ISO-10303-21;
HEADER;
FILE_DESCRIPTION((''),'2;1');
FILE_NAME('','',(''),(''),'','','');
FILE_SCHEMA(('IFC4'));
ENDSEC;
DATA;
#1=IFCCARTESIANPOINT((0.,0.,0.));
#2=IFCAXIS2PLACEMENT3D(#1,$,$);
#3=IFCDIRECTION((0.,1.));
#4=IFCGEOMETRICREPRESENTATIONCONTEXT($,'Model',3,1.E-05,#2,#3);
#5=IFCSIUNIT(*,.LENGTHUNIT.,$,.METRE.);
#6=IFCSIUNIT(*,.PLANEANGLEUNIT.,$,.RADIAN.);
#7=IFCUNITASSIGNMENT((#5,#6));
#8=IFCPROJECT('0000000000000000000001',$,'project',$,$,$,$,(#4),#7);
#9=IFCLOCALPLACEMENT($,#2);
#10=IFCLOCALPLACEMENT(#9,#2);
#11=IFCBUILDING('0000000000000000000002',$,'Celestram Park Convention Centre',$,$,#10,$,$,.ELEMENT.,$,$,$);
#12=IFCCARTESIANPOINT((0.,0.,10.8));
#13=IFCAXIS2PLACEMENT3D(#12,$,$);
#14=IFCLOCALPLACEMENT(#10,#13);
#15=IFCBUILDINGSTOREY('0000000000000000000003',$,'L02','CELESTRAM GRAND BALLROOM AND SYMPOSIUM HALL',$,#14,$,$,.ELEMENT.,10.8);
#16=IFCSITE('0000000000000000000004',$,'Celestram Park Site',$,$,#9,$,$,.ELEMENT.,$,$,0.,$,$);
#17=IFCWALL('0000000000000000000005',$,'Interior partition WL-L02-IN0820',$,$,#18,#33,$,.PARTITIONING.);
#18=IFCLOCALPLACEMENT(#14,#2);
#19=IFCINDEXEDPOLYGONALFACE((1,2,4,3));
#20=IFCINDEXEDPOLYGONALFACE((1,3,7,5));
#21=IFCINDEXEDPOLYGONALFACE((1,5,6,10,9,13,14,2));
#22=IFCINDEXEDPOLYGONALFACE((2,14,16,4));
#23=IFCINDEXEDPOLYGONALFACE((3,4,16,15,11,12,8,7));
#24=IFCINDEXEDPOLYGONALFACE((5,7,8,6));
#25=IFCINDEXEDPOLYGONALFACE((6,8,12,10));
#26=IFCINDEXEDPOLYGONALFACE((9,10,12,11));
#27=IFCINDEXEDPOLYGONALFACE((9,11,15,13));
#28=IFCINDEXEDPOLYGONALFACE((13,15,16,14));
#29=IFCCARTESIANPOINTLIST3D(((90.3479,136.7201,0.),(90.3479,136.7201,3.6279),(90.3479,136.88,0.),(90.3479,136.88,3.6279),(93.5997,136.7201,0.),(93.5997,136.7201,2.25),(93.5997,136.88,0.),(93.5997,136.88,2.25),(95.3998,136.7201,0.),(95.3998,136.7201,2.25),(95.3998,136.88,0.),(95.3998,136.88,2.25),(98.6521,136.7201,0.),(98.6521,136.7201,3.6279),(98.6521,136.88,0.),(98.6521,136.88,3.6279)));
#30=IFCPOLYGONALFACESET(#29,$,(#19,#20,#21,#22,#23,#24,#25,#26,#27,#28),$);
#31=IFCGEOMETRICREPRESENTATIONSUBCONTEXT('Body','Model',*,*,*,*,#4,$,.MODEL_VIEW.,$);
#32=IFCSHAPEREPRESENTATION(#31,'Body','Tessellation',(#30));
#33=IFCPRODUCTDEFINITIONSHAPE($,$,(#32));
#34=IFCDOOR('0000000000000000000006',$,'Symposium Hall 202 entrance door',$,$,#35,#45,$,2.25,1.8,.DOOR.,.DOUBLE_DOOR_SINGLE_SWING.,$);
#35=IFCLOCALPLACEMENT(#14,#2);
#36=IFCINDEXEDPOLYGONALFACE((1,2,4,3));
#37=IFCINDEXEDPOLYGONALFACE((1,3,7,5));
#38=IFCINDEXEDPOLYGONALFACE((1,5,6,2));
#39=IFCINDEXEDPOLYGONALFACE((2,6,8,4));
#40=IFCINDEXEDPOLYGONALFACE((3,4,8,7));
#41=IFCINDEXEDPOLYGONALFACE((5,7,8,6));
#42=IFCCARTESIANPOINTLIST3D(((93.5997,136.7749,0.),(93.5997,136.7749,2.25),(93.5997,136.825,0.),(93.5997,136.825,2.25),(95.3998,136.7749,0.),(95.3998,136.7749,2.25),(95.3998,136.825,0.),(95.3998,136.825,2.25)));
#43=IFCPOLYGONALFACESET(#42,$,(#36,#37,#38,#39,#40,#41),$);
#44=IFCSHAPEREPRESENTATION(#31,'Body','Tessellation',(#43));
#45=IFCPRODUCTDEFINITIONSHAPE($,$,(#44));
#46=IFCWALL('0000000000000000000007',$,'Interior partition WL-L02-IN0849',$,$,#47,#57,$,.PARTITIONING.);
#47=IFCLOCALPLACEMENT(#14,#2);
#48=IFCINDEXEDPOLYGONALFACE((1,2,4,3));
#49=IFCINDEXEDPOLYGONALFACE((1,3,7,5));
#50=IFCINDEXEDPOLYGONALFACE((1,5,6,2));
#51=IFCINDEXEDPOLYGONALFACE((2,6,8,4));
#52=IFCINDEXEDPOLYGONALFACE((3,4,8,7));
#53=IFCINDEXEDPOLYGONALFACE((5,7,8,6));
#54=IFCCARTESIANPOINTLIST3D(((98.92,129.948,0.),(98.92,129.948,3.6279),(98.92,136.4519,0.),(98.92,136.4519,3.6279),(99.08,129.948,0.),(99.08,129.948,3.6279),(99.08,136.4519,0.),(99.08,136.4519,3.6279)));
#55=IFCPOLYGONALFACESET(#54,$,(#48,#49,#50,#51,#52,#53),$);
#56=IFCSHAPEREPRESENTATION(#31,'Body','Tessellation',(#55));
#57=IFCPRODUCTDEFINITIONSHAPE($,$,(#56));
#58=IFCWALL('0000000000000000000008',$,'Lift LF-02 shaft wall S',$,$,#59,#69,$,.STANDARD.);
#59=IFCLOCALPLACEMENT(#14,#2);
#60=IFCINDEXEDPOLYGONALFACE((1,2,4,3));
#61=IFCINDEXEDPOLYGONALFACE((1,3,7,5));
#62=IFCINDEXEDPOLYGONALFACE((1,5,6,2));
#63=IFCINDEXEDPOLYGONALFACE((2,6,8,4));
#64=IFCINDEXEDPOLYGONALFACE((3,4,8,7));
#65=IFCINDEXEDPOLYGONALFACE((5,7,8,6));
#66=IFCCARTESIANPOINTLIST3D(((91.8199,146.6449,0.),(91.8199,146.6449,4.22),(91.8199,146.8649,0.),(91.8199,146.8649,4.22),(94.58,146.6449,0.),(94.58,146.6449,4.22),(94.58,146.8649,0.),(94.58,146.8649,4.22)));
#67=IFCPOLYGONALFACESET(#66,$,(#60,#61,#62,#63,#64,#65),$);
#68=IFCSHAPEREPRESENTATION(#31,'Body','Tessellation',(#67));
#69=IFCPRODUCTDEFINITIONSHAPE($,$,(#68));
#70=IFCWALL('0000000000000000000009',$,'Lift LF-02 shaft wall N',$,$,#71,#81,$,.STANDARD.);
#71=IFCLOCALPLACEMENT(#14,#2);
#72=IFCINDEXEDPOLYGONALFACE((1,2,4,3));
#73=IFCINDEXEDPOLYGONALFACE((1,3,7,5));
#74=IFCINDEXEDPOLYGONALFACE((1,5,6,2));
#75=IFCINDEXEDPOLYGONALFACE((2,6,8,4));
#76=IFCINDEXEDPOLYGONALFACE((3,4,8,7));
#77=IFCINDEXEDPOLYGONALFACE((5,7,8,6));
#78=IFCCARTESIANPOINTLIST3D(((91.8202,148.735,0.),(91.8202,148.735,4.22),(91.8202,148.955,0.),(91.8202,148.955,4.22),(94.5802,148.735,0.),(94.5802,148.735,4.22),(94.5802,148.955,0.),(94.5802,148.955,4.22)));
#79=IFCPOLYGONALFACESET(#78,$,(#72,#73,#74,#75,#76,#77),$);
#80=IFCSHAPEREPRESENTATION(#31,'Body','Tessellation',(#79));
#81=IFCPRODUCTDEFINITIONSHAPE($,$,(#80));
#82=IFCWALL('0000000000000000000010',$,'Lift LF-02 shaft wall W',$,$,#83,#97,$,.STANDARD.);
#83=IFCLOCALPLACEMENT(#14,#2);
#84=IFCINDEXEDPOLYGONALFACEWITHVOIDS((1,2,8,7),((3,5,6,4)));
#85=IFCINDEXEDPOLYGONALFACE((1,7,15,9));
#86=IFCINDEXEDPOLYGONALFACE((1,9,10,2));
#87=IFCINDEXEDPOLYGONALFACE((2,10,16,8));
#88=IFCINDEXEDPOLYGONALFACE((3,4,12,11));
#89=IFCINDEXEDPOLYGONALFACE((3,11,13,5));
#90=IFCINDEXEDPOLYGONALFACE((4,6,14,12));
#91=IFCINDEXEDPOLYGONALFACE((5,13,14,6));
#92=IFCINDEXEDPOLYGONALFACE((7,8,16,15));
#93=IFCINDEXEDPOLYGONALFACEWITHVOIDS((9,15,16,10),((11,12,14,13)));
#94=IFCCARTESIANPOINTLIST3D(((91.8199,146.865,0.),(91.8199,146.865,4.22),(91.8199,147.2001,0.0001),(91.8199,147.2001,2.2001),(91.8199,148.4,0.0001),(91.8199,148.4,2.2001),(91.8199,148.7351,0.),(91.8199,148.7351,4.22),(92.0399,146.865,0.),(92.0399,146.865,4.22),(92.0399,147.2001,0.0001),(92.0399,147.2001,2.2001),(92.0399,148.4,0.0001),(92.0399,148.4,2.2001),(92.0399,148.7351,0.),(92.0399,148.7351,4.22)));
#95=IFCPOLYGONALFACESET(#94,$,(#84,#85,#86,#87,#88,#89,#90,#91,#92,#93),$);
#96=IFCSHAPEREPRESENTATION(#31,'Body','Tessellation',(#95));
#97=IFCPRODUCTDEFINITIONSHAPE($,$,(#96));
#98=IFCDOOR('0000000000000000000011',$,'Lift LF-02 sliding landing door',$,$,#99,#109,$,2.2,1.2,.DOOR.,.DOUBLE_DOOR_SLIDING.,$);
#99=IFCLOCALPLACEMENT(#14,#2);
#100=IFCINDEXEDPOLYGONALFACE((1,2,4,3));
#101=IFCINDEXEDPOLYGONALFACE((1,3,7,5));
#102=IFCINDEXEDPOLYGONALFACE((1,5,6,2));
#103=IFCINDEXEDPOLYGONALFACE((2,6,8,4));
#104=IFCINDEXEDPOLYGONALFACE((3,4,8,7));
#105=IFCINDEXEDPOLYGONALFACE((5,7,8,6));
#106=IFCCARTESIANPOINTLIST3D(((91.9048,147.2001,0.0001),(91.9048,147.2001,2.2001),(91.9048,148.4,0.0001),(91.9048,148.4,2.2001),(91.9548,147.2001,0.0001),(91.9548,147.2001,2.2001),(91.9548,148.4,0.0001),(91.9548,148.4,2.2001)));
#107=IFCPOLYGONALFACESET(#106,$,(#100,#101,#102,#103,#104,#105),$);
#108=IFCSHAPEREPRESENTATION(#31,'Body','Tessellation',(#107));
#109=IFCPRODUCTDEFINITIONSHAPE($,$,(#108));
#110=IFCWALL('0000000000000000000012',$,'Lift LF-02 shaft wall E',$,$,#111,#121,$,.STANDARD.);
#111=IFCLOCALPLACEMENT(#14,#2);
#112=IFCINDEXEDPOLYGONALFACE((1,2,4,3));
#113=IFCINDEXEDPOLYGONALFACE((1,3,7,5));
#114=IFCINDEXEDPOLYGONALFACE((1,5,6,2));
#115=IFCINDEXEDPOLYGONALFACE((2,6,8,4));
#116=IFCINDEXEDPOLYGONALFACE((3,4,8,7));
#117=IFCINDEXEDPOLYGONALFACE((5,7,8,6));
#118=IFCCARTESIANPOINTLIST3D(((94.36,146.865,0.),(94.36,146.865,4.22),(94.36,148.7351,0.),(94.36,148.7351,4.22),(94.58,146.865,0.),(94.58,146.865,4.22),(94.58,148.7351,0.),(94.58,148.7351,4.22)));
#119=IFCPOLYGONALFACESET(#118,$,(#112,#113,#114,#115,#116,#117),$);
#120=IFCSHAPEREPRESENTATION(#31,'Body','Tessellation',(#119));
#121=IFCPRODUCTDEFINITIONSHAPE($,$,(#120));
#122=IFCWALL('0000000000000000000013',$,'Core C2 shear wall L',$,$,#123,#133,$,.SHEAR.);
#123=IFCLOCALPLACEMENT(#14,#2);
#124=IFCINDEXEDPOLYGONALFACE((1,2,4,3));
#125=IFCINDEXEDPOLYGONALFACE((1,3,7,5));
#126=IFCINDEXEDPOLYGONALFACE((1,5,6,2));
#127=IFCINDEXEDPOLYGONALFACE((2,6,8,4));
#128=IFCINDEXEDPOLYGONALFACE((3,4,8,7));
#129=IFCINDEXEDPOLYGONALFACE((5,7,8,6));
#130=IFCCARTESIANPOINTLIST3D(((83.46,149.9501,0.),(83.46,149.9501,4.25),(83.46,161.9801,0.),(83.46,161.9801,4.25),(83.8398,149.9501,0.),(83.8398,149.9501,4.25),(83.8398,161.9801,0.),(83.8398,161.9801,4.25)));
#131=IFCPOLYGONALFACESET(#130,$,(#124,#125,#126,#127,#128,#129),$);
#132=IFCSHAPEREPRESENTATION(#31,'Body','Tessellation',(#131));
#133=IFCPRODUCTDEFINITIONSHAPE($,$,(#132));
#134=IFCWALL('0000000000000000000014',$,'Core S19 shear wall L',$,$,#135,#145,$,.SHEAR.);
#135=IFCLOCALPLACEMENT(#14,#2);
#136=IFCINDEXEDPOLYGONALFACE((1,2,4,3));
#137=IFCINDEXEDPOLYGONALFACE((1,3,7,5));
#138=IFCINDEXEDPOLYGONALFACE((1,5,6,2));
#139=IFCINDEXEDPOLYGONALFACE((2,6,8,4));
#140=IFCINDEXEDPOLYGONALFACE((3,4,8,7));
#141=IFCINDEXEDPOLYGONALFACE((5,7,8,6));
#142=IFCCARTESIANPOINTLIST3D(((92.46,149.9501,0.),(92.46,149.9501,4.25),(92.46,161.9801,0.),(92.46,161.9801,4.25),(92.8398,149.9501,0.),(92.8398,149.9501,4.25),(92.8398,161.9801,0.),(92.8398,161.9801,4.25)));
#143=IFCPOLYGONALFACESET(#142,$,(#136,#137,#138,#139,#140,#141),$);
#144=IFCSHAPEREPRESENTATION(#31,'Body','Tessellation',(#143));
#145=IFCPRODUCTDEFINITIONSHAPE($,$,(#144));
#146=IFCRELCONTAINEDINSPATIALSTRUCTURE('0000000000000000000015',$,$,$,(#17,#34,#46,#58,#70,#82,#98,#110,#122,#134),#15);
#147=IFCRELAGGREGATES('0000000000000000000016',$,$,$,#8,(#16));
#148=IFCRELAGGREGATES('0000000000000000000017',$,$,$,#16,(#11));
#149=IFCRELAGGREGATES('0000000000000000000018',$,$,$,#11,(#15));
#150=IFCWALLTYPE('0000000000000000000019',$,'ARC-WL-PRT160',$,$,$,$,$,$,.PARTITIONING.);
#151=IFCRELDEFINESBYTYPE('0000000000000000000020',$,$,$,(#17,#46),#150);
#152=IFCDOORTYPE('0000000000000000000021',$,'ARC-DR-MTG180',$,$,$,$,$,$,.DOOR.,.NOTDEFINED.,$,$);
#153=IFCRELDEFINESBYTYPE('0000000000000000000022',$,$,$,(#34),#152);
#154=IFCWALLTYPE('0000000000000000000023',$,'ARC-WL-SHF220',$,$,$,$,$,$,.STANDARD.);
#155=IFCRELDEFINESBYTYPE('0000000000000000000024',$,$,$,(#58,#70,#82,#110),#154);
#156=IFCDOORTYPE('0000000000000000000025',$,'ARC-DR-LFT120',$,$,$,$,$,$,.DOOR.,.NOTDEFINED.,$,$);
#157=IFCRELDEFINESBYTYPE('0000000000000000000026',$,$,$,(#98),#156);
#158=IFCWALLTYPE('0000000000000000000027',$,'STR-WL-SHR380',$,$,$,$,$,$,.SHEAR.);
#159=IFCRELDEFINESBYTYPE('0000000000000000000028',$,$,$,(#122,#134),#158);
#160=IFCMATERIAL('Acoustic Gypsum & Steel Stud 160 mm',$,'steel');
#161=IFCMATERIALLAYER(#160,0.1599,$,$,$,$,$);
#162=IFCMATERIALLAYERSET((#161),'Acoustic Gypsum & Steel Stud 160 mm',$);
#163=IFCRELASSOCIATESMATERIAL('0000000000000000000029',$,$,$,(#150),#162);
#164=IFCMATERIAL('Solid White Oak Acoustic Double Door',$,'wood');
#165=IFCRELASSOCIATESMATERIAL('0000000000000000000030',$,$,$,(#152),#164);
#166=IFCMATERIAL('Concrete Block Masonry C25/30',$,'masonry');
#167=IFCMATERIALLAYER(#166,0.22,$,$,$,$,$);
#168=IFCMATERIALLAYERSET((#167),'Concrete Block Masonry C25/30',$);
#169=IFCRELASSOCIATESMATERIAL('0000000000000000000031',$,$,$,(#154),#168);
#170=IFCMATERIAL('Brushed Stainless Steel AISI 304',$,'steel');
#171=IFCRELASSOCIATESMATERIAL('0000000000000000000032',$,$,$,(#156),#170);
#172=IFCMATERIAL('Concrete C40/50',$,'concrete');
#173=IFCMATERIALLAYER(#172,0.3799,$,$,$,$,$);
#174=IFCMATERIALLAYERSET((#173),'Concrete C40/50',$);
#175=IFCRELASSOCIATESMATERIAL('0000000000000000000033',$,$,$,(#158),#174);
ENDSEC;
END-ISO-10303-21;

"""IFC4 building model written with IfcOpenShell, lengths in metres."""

from ifc_helpers import new_model, si_unit, direction, frame, frame_2d, origin, place, context, subcontext, project, spatial, rectangle, extrude, material, layer, layer_set, type_object, element, fill, save


model = new_model("IFC4")

# Units and contexts
model_context = context("Model", 3, precision=1e-05, world=origin(), true_north=direction((0.0, 1.0)))
body_context = subcontext(model_context, "Body", "Model", "MODEL_VIEW")
ifc_project = project(units=[si_unit("LENGTHUNIT", "METRE"), si_unit("PLANEANGLEUNIT", "RADIAN")], contexts=[model_context])

# Site, building, storey
site_placement = place(None, origin())
site = spatial("IfcSite", under=ifc_project, at=site_placement, Name="Celestram Park Site", CompositionType="ELEMENT", RefElevation=0.0)
building_placement = place(site_placement, origin())
building = spatial("IfcBuilding", under=site, at=building_placement, Name="Celestram Park Convention Centre", CompositionType="ELEMENT")
storey_placement = place(building_placement, frame((0.0, 0.0, 10.8)))
storey = spatial("IfcBuildingStorey", under=building, at=storey_placement, Name="L02", Description="CELESTRAM GRAND BALLROOM AND SYMPOSIUM HALL", CompositionType="ELEMENT", Elevation=10.8)

# Shared definitions
ifc_material_1 = material(Name="Concrete C40/50", Category="concrete")

# Shared definitions
ifc_material_2 = material(Name="Concrete Block Masonry C25/30", Category="masonry")

# Wall, opening, door
ifc_material_3 = material(Name="Acoustic Gypsum & Steel Stud 160 mm", Category="steel")
ifc_layer_1 = layer(ifc_material_3, 0.1599)
ifc_layer_set_1 = layer_set([ifc_layer_1], Name="Acoustic Gypsum & Steel Stud 160 mm")
wall_type_1 = type_object("IfcWallType", Name="ARC-WL-PRT160", PredefinedType="PARTITIONING", material=ifc_layer_set_1)
wall_1_placement = place(storey_placement, frame((90.3479, 136.8, 0.0), z_axis=(0.0, 0.0, 1.0), x_axis=(1.0, 0.0, 0.0)))
wall_1 = element("IfcWall", 1, at=wall_1_placement, inside=storey, type_object=wall_type_1, Name="Interior partition WL-L02-IN0820", PredefinedType="PARTITIONING", context=body_context, shape_type="SweptSolid", body=[
    extrude(rectangle(XDim=8.3042, YDim=0.1599, at=frame_2d((4.1521, 0.0))), origin(), (0.0, 0.0, 1.0), 3.6279),
])
opening_1_placement = place(wall_1_placement, frame((3.252, 0.0, 0.0)))
opening_1 = element("IfcOpeningElement", 2, at=opening_1_placement, cuts=wall_1, PredefinedType="OPENING", context=body_context, shape_type="SweptSolid", body=[
    extrude(rectangle(XDim=1.8, YDim=2.25, at=frame_2d((0.8999, 1.125))), frame((0.0, 0.0898, 0.0), z_axis=(0.0, -1.0, 0.0), x_axis=(1.0, 0.0, 0.0)), (0.0, 0.0, 1.0), 0.1799),
])
ifc_material_4 = material(Name="Solid White Oak Acoustic Double Door", Category="wood")
door_type_1 = type_object("IfcDoorType", Name="ARC-DR-MTG180", OperationType="NOTDEFINED", PredefinedType="DOOR", material=ifc_material_4)
door_1_placement = place(opening_1_placement, origin())
door_1 = element("IfcDoor", 3, at=door_1_placement, inside=storey, type_object=door_type_1, Name="Symposium Hall 202 entrance door", OperationType="DOUBLE_DOOR_SINGLE_SWING", OverallHeight=2.25, OverallWidth=1.8, PredefinedType="DOOR", context=body_context, shape_type="SweptSolid", body=[
    extrude(rectangle(XDim=1.8, YDim=2.25, at=frame_2d((0.8999, 1.125))), frame((0.0, 0.0249, 0.0), z_axis=(0.0, -1.0, 0.0), x_axis=(1.0, 0.0, 0.0)), (0.0, 0.0, 1.0), 0.05),
])
fill(opening_1, door_1)

# Walls
wall_2_placement = place(storey_placement, frame((99.0, 129.948, 0.0), z_axis=(0.0, 0.0, 1.0), x_axis=(0.0, 1.0, 0.0)))
element("IfcWall", 4, at=wall_2_placement, inside=storey, type_object=wall_type_1, Name="Interior partition WL-L02-IN0849", PredefinedType="PARTITIONING", context=body_context, shape_type="SweptSolid", body=[
    extrude(rectangle(XDim=6.5039, YDim=0.1599, at=frame_2d((3.252, 0.0))), origin(), (0.0, 0.0, 1.0), 3.6279),
])
ifc_layer_2 = layer(ifc_material_2, 0.22)
ifc_layer_set_2 = layer_set([ifc_layer_2], Name="Concrete Block Masonry C25/30")
wall_type_2 = type_object("IfcWallType", Name="ARC-WL-SHF220", PredefinedType="STANDARD", material=ifc_layer_set_2)
for number, where, z_axis, x_axis, name in (
    (5, (91.8201, 146.7549, 0.0), (0.0, 0.0, 1.0), (1.0, 0.0, 0.0), "Lift LF-02 shaft wall S"),
    (6, (94.5801, 148.845, 0.0), (0.0, 0.0, 1.0), (-1.0, 0.0, 0.0), "Lift LF-02 shaft wall N"),
):
    element("IfcWall", number, at=place(storey_placement, frame(where, z_axis=z_axis, x_axis=x_axis)), inside=storey, type_object=wall_type_2, Name=name, PredefinedType="STANDARD", context=body_context, shape_type="SweptSolid", body=[
        extrude(rectangle(XDim=2.76, YDim=0.22, at=frame_2d((1.3799, 0.0))), origin(), (0.0, 0.0, 1.0), 4.22),
    ])

# Wall, opening, door
wall_3_placement = place(storey_placement, frame((91.9299, 148.7351, 0.0), z_axis=(0.0, 0.0, 1.0), x_axis=(0.0, -1.0, 0.0)))
wall_3 = element("IfcWall", 7, at=wall_3_placement, inside=storey, type_object=wall_type_2, Name="Lift LF-02 shaft wall W", PredefinedType="STANDARD", context=body_context, shape_type="SweptSolid", body=[
    extrude(rectangle(XDim=1.8701, YDim=0.22, at=frame_2d((0.9351, 0.0))), origin(), (0.0, 0.0, 1.0), 4.22),
])
opening_2_placement = place(wall_3_placement, frame((0.335, 0.0, 0.0)))
opening_2 = element("IfcOpeningElement", 8, at=opening_2_placement, cuts=wall_3, PredefinedType="OPENING", context=body_context, shape_type="SweptSolid", body=[
    extrude(rectangle(XDim=1.2, YDim=2.2, at=frame_2d((0.6001, 1.1001))), frame((0.0, 0.1199, 0.0), z_axis=(0.0, -1.0, 0.0), x_axis=(1.0, 0.0, 0.0)), (0.0, 0.0, 1.0), 0.24),
])
ifc_material_5 = material(Name="Brushed Stainless Steel AISI 304", Category="steel")
door_type_2 = type_object("IfcDoorType", Name="ARC-DR-LFT120", OperationType="NOTDEFINED", PredefinedType="DOOR", material=ifc_material_5)
door_2_placement = place(opening_2_placement, origin())
door_2 = element("IfcDoor", 9, at=door_2_placement, inside=storey, type_object=door_type_2, Name="Lift LF-02 sliding landing door", OperationType="DOUBLE_DOOR_SLIDING", OverallHeight=2.2, OverallWidth=1.2, PredefinedType="DOOR", context=body_context, shape_type="SweptSolid", body=[
    extrude(rectangle(XDim=1.2, YDim=2.2, at=frame_2d((0.6001, 1.1001))), frame((0.0, 0.0249, 0.0), z_axis=(0.0, -1.0, 0.0), x_axis=(1.0, 0.0, 0.0)), (0.0, 0.0, 1.0), 0.05),
])
fill(opening_2, door_2)

# Walls
wall_4_placement = place(storey_placement, frame((94.47, 146.865, 0.0), z_axis=(0.0, 0.0, 1.0), x_axis=(0.0, 1.0, 0.0)))
element("IfcWall", 10, at=wall_4_placement, inside=storey, type_object=wall_type_2, Name="Lift LF-02 shaft wall E", PredefinedType="STANDARD", context=body_context, shape_type="SweptSolid", body=[
    extrude(rectangle(XDim=1.8701, YDim=0.22, at=frame_2d((0.9351, 0.0))), origin(), (0.0, 0.0, 1.0), 4.22),
])
ifc_layer_3 = layer(ifc_material_1, 0.3799)
ifc_layer_set_3 = layer_set([ifc_layer_3], Name="Concrete C40/50")
wall_type_3 = type_object("IfcWallType", Name="STR-WL-SHR380", PredefinedType="SHEAR", material=ifc_layer_set_3)
for number, where, z_axis, x_axis, name in (
    (11, (83.6499, 149.95, 0.0), (0.0, 0.0, 1.0), (0.0, 1.0, 0.0), "Core C2 shear wall L"),
    (12, (92.6499, 149.95, 0.0), (0.0, 0.0, 1.0), (0.0, 1.0, 0.0), "Core S19 shear wall L"),
):
    element("IfcWall", number, at=place(storey_placement, frame(where, z_axis=z_axis, x_axis=x_axis)), inside=storey, type_object=wall_type_3, Name=name, PredefinedType="SHEAR", context=body_context, shape_type="SweptSolid", body=[
        extrude(rectangle(XDim=12.03, YDim=0.3799, at=frame_2d((6.0151, 0.0))), origin(), (0.0, 0.0, 1.0), 4.25),
    ])

save(model, "model.ifc")
